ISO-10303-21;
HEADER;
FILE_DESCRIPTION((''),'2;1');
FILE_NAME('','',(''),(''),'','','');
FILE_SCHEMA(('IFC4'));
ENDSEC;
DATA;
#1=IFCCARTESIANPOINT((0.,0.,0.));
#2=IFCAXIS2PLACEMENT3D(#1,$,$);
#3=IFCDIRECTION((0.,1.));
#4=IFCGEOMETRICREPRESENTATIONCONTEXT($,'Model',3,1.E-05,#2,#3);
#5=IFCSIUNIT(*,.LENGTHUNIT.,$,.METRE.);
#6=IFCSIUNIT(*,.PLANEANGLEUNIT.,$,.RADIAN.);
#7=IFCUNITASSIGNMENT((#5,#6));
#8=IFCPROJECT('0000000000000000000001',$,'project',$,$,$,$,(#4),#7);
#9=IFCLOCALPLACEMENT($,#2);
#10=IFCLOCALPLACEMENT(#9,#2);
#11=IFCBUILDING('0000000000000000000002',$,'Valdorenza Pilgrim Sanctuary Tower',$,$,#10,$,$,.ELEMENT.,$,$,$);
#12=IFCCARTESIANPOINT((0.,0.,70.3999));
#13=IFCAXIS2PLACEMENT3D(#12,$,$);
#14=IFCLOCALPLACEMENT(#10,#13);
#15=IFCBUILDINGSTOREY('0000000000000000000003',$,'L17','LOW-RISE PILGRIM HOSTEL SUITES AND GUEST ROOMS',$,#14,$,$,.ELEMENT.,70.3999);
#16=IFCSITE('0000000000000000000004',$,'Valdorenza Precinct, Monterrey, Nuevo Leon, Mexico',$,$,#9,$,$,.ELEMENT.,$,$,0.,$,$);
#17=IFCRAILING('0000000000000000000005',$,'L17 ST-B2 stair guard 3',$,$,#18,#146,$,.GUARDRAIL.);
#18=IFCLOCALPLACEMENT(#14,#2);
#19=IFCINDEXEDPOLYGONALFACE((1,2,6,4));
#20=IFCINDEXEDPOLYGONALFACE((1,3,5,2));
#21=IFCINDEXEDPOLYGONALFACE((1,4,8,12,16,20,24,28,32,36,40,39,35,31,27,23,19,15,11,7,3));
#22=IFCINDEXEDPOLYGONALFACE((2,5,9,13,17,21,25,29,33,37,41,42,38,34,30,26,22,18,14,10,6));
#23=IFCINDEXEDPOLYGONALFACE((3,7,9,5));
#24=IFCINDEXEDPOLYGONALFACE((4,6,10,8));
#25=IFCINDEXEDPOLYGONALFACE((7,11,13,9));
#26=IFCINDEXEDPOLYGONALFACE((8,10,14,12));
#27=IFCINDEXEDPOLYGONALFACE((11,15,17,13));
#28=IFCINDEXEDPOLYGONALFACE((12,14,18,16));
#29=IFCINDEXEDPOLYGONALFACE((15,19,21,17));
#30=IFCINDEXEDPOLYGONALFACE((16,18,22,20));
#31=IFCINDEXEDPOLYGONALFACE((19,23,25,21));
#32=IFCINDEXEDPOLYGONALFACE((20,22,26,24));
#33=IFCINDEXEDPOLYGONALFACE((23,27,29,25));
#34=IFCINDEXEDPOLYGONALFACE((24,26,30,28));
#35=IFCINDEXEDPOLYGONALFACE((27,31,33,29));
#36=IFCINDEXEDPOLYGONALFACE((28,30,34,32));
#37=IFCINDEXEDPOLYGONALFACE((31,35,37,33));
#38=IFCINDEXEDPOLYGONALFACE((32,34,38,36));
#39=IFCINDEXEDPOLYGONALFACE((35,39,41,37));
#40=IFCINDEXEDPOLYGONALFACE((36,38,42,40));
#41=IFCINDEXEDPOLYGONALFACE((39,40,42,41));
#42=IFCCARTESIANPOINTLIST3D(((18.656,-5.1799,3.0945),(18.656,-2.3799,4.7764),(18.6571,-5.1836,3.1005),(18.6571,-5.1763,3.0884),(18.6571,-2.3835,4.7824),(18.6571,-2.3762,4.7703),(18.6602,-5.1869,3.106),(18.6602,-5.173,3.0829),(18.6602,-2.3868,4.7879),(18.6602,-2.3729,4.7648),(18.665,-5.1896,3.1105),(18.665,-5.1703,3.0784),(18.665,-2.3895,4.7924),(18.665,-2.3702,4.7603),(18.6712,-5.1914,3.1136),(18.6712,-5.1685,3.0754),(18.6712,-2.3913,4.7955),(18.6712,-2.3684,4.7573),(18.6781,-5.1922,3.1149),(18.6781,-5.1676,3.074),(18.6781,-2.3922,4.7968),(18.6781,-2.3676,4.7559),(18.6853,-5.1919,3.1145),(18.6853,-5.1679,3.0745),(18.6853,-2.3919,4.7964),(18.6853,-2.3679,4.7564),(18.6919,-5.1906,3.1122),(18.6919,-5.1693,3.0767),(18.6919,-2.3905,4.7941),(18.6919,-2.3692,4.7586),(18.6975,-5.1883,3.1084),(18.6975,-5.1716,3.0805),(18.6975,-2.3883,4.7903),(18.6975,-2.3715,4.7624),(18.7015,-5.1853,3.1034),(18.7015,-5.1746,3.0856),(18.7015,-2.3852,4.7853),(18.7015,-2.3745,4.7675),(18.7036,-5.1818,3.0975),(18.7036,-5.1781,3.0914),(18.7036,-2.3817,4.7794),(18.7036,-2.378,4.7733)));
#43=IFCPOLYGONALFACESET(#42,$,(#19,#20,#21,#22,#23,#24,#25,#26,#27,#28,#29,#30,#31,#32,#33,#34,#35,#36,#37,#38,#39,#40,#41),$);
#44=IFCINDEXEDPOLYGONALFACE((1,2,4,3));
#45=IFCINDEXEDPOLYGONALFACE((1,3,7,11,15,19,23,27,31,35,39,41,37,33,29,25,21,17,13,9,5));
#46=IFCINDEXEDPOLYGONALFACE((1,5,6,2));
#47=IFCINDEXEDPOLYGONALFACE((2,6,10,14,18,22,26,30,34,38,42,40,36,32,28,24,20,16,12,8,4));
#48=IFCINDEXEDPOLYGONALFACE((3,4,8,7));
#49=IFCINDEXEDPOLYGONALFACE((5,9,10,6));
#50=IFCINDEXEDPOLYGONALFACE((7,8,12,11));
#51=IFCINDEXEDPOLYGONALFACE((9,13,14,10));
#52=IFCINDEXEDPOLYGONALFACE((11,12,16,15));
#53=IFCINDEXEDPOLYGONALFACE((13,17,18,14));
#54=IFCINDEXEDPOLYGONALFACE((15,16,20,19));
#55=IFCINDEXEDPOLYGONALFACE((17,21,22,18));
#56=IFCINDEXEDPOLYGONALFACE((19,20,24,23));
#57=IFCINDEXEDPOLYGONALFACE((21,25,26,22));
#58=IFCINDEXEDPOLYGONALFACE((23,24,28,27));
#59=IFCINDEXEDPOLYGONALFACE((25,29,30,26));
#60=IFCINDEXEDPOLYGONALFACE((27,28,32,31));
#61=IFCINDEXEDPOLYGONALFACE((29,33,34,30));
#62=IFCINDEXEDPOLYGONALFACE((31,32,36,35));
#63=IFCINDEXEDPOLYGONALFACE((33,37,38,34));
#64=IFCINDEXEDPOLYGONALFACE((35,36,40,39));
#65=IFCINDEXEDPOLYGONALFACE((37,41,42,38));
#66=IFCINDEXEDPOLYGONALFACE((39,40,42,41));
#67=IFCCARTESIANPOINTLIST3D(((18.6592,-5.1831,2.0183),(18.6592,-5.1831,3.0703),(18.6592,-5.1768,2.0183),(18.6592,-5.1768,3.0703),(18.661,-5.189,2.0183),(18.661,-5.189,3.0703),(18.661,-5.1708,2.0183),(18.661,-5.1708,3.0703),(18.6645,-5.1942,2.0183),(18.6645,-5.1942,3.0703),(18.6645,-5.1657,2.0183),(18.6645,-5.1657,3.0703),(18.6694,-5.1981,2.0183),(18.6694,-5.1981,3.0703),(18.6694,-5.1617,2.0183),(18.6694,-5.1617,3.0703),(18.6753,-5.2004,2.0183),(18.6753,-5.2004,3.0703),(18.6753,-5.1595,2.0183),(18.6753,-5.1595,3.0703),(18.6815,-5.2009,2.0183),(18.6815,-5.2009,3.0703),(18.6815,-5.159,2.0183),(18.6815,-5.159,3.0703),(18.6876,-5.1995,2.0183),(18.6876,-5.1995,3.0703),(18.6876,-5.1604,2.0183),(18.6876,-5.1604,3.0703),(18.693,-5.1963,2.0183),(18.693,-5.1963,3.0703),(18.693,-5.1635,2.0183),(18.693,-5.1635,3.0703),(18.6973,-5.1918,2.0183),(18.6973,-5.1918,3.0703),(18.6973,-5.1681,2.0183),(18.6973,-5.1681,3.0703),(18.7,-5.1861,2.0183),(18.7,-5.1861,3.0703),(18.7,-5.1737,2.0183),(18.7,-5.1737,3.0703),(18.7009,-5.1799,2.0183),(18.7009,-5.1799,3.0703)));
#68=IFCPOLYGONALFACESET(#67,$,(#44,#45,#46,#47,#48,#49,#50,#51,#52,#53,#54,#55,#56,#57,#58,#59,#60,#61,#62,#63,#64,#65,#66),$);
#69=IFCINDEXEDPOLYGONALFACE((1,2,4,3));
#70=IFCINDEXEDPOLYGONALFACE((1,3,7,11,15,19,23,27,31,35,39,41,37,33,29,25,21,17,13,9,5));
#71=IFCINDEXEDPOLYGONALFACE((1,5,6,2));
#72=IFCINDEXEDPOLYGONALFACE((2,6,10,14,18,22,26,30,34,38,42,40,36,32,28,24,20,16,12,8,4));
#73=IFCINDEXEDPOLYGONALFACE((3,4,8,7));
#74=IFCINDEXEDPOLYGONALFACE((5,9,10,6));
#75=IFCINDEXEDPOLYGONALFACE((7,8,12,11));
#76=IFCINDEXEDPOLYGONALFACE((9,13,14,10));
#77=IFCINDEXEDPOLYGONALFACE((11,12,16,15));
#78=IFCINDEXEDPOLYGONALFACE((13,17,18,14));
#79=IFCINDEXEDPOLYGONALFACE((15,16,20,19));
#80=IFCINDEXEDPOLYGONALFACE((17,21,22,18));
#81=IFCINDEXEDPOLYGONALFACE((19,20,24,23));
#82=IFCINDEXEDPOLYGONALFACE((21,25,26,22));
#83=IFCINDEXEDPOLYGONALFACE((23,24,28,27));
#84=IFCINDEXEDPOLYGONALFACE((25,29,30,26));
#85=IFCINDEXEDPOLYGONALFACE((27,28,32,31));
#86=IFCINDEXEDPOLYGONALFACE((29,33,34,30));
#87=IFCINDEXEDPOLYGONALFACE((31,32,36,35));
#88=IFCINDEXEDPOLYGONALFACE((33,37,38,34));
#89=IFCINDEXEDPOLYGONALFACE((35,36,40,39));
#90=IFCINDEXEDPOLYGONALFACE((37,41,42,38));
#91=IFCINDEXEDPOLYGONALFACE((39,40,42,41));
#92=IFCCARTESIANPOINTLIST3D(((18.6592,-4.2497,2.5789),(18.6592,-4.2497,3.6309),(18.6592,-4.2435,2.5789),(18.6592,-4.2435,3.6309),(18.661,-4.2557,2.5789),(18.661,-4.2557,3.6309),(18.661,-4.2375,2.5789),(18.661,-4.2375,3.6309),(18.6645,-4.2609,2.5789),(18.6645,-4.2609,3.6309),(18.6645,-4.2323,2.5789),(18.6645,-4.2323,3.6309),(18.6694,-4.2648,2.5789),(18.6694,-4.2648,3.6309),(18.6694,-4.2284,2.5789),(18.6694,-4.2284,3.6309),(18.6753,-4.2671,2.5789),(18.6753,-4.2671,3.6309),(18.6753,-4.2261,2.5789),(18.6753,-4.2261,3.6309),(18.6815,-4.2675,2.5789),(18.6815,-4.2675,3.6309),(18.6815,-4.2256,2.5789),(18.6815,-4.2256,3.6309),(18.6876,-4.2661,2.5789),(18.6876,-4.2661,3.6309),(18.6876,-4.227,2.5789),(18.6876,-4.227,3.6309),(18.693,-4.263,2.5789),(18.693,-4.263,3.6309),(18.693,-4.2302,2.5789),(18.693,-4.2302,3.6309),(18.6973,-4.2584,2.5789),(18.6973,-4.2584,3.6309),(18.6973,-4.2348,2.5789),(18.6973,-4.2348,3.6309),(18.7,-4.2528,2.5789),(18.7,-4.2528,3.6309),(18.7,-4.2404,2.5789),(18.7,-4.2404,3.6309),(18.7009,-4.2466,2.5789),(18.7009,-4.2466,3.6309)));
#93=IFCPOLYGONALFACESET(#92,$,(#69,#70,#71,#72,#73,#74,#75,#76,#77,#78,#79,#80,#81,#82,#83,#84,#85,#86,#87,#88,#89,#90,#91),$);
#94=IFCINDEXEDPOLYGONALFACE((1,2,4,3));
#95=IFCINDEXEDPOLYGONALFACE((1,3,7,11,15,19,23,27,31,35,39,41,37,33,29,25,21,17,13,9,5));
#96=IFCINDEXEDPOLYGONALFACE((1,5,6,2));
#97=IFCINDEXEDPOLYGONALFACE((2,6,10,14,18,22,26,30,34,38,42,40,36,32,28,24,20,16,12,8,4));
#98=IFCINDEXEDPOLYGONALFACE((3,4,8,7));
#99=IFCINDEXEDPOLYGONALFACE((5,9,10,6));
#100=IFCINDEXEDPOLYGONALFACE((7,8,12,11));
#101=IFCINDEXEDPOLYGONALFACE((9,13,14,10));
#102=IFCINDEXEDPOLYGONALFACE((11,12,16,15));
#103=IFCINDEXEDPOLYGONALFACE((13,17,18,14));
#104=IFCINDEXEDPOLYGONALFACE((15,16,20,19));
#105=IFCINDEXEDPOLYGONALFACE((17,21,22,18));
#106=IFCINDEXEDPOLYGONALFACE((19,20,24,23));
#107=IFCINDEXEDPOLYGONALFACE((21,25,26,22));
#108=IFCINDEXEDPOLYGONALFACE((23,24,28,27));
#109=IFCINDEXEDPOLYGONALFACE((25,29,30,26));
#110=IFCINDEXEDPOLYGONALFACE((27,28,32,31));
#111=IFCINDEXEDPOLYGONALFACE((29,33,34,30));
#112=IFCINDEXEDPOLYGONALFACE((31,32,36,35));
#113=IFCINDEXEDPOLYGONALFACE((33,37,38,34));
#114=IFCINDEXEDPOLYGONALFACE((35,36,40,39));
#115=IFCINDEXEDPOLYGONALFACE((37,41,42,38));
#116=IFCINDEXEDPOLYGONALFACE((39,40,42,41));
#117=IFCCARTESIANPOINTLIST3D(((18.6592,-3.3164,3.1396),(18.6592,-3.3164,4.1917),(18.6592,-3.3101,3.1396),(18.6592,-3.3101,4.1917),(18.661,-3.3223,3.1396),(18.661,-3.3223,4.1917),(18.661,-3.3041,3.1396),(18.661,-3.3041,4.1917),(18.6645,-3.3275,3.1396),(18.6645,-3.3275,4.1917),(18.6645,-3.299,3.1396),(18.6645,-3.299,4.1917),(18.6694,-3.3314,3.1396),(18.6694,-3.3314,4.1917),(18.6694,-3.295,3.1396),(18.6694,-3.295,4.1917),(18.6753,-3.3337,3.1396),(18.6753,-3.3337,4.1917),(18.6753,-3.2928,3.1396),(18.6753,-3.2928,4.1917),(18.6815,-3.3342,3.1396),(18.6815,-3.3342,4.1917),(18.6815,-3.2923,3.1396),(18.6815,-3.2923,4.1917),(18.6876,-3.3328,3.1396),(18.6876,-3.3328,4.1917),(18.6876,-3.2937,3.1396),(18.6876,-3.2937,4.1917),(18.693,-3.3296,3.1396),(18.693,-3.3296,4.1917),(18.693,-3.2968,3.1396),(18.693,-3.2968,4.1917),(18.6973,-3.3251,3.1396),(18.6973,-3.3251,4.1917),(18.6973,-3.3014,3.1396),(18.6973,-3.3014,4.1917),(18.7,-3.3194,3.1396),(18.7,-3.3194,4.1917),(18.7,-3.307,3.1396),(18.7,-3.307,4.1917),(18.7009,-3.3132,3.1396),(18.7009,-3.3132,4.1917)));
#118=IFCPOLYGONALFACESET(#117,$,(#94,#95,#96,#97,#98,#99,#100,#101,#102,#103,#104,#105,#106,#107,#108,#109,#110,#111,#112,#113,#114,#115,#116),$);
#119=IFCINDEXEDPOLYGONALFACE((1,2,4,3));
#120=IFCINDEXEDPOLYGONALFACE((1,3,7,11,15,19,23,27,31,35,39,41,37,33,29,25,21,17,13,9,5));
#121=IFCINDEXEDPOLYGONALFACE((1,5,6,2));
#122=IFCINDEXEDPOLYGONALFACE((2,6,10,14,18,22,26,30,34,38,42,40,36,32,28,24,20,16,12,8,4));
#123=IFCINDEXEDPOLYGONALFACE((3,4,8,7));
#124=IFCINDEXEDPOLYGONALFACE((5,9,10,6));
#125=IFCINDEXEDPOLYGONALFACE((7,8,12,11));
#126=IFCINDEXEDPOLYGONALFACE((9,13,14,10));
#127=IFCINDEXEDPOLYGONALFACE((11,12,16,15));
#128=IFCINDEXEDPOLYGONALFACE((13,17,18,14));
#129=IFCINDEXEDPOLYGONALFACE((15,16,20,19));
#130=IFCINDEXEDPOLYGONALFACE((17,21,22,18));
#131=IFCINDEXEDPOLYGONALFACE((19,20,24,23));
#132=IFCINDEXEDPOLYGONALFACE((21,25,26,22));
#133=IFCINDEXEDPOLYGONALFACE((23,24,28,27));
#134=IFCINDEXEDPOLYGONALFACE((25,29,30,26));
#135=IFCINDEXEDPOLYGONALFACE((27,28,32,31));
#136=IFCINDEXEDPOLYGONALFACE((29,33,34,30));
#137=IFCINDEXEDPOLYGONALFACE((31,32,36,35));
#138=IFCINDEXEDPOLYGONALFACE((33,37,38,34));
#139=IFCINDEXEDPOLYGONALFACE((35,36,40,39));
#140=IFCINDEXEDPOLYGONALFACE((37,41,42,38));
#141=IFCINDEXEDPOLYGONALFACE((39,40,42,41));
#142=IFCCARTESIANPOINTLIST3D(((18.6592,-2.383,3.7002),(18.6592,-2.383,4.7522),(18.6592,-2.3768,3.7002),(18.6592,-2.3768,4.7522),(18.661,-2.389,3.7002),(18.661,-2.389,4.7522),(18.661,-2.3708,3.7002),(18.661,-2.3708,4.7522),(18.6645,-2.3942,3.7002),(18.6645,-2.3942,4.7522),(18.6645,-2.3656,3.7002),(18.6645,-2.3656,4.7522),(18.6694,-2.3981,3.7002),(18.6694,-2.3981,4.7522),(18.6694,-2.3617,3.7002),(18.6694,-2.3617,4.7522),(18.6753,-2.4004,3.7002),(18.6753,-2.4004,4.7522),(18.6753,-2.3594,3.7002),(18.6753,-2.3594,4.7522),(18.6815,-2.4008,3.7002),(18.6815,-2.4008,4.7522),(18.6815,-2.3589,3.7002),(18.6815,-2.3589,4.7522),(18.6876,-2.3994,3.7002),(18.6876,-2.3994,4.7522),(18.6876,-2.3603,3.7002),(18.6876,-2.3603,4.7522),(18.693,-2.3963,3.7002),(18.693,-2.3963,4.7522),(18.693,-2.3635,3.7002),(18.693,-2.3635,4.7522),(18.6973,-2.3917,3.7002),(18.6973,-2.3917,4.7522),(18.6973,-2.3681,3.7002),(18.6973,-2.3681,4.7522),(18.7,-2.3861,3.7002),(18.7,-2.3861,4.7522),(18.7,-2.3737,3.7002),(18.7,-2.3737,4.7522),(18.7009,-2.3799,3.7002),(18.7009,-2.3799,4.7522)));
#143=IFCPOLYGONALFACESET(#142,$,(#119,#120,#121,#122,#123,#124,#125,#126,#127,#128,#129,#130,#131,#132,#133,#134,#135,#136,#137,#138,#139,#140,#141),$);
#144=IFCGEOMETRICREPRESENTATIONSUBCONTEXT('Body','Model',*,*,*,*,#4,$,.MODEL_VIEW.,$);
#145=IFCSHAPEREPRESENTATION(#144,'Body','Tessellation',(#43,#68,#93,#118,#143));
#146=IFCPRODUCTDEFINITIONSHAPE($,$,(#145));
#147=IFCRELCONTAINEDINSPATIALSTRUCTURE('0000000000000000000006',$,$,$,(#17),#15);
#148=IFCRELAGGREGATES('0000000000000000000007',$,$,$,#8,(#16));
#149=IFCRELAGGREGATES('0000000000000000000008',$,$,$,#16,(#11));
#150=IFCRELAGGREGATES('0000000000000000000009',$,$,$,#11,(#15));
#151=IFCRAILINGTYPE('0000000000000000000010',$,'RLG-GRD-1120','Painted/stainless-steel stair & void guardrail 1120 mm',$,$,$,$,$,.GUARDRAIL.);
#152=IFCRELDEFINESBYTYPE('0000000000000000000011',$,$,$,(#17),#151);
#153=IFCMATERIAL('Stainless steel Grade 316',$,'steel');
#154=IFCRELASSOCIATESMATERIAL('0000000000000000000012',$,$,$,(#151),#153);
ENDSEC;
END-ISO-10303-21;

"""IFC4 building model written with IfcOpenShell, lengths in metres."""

from ifc_helpers import new_model, si_unit, direction, frame, origin, origin_2d, place, context, subcontext, project, spatial, circle, extrude, material, type_object, element, save


model = new_model("IFC4")

# Units and contexts
model_context = context("Model", 3, precision=1e-05, world=origin(), true_north=direction((0.0, 1.0)))
body_context = subcontext(model_context, "Body", "Model", "MODEL_VIEW")
ifc_project = project(units=[si_unit("LENGTHUNIT", "METRE"), si_unit("PLANEANGLEUNIT", "RADIAN")], contexts=[model_context])

# Site, building, storey
site_placement = place(None, origin())
site = spatial("IfcSite", under=ifc_project, at=site_placement, Name="Valdorenza Precinct, Monterrey, Nuevo Leon, Mexico", CompositionType="ELEMENT", RefElevation=0.0)
building_placement = place(site_placement, origin())
building = spatial("IfcBuilding", under=site, at=building_placement, Name="Valdorenza Pilgrim Sanctuary Tower", CompositionType="ELEMENT")
storey_placement = place(building_placement, frame((0.0, 0.0, 70.3999)))
storey = spatial("IfcBuildingStorey", under=building, at=storey_placement, Name="L17", Description="LOW-RISE PILGRIM HOSTEL SUITES AND GUEST ROOMS", CompositionType="ELEMENT", Elevation=70.3999)

# Railing
ifc_material_1 = material(Name="Stainless steel Grade 316", Category="steel")
railing_type_1 = type_object("IfcRailingType", Name="RLG-GRD-1120", Description="Painted/stainless-steel stair & void guardrail 1120 mm", PredefinedType="GUARDRAIL", material=ifc_material_1)
railing_1_placement = place(storey_placement, frame((18.6799, -5.1799, 2.0183)))
element("IfcRailing", 1, at=railing_1_placement, inside=storey, type_object=railing_type_1, Name="L17 ST-B2 stair guard 3", PredefinedType="GUARDRAIL", context=body_context, shape_type="SweptSolid", body=[
    extrude(circle(Radius=0.0239, at=origin_2d()), frame((0.0, 0.0, 1.0762), z_axis=(0.0, 0.857242, 0.514913), x_axis=(-1.0, 0.0, 0.0)), (0.0, 0.0, 1.0), 3.2664),
    extrude(circle(Radius=0.021, at=origin_2d()), origin(), (0.0, 0.0, 1.0), 1.052),
    extrude(circle(Radius=0.021, at=origin_2d()), frame((0.0, 0.9333, 0.5605)), (0.0, 0.0, 1.0), 1.052),
    extrude(circle(Radius=0.021, at=origin_2d()), frame((0.0, 1.8667, 1.1213)), (0.0, 0.0, 1.0), 1.052),
    extrude(circle(Radius=0.021, at=origin_2d()), frame((0.0, 2.8, 1.6819)), (0.0, 0.0, 1.0), 1.052),
])

save(model, "model.ifc")
